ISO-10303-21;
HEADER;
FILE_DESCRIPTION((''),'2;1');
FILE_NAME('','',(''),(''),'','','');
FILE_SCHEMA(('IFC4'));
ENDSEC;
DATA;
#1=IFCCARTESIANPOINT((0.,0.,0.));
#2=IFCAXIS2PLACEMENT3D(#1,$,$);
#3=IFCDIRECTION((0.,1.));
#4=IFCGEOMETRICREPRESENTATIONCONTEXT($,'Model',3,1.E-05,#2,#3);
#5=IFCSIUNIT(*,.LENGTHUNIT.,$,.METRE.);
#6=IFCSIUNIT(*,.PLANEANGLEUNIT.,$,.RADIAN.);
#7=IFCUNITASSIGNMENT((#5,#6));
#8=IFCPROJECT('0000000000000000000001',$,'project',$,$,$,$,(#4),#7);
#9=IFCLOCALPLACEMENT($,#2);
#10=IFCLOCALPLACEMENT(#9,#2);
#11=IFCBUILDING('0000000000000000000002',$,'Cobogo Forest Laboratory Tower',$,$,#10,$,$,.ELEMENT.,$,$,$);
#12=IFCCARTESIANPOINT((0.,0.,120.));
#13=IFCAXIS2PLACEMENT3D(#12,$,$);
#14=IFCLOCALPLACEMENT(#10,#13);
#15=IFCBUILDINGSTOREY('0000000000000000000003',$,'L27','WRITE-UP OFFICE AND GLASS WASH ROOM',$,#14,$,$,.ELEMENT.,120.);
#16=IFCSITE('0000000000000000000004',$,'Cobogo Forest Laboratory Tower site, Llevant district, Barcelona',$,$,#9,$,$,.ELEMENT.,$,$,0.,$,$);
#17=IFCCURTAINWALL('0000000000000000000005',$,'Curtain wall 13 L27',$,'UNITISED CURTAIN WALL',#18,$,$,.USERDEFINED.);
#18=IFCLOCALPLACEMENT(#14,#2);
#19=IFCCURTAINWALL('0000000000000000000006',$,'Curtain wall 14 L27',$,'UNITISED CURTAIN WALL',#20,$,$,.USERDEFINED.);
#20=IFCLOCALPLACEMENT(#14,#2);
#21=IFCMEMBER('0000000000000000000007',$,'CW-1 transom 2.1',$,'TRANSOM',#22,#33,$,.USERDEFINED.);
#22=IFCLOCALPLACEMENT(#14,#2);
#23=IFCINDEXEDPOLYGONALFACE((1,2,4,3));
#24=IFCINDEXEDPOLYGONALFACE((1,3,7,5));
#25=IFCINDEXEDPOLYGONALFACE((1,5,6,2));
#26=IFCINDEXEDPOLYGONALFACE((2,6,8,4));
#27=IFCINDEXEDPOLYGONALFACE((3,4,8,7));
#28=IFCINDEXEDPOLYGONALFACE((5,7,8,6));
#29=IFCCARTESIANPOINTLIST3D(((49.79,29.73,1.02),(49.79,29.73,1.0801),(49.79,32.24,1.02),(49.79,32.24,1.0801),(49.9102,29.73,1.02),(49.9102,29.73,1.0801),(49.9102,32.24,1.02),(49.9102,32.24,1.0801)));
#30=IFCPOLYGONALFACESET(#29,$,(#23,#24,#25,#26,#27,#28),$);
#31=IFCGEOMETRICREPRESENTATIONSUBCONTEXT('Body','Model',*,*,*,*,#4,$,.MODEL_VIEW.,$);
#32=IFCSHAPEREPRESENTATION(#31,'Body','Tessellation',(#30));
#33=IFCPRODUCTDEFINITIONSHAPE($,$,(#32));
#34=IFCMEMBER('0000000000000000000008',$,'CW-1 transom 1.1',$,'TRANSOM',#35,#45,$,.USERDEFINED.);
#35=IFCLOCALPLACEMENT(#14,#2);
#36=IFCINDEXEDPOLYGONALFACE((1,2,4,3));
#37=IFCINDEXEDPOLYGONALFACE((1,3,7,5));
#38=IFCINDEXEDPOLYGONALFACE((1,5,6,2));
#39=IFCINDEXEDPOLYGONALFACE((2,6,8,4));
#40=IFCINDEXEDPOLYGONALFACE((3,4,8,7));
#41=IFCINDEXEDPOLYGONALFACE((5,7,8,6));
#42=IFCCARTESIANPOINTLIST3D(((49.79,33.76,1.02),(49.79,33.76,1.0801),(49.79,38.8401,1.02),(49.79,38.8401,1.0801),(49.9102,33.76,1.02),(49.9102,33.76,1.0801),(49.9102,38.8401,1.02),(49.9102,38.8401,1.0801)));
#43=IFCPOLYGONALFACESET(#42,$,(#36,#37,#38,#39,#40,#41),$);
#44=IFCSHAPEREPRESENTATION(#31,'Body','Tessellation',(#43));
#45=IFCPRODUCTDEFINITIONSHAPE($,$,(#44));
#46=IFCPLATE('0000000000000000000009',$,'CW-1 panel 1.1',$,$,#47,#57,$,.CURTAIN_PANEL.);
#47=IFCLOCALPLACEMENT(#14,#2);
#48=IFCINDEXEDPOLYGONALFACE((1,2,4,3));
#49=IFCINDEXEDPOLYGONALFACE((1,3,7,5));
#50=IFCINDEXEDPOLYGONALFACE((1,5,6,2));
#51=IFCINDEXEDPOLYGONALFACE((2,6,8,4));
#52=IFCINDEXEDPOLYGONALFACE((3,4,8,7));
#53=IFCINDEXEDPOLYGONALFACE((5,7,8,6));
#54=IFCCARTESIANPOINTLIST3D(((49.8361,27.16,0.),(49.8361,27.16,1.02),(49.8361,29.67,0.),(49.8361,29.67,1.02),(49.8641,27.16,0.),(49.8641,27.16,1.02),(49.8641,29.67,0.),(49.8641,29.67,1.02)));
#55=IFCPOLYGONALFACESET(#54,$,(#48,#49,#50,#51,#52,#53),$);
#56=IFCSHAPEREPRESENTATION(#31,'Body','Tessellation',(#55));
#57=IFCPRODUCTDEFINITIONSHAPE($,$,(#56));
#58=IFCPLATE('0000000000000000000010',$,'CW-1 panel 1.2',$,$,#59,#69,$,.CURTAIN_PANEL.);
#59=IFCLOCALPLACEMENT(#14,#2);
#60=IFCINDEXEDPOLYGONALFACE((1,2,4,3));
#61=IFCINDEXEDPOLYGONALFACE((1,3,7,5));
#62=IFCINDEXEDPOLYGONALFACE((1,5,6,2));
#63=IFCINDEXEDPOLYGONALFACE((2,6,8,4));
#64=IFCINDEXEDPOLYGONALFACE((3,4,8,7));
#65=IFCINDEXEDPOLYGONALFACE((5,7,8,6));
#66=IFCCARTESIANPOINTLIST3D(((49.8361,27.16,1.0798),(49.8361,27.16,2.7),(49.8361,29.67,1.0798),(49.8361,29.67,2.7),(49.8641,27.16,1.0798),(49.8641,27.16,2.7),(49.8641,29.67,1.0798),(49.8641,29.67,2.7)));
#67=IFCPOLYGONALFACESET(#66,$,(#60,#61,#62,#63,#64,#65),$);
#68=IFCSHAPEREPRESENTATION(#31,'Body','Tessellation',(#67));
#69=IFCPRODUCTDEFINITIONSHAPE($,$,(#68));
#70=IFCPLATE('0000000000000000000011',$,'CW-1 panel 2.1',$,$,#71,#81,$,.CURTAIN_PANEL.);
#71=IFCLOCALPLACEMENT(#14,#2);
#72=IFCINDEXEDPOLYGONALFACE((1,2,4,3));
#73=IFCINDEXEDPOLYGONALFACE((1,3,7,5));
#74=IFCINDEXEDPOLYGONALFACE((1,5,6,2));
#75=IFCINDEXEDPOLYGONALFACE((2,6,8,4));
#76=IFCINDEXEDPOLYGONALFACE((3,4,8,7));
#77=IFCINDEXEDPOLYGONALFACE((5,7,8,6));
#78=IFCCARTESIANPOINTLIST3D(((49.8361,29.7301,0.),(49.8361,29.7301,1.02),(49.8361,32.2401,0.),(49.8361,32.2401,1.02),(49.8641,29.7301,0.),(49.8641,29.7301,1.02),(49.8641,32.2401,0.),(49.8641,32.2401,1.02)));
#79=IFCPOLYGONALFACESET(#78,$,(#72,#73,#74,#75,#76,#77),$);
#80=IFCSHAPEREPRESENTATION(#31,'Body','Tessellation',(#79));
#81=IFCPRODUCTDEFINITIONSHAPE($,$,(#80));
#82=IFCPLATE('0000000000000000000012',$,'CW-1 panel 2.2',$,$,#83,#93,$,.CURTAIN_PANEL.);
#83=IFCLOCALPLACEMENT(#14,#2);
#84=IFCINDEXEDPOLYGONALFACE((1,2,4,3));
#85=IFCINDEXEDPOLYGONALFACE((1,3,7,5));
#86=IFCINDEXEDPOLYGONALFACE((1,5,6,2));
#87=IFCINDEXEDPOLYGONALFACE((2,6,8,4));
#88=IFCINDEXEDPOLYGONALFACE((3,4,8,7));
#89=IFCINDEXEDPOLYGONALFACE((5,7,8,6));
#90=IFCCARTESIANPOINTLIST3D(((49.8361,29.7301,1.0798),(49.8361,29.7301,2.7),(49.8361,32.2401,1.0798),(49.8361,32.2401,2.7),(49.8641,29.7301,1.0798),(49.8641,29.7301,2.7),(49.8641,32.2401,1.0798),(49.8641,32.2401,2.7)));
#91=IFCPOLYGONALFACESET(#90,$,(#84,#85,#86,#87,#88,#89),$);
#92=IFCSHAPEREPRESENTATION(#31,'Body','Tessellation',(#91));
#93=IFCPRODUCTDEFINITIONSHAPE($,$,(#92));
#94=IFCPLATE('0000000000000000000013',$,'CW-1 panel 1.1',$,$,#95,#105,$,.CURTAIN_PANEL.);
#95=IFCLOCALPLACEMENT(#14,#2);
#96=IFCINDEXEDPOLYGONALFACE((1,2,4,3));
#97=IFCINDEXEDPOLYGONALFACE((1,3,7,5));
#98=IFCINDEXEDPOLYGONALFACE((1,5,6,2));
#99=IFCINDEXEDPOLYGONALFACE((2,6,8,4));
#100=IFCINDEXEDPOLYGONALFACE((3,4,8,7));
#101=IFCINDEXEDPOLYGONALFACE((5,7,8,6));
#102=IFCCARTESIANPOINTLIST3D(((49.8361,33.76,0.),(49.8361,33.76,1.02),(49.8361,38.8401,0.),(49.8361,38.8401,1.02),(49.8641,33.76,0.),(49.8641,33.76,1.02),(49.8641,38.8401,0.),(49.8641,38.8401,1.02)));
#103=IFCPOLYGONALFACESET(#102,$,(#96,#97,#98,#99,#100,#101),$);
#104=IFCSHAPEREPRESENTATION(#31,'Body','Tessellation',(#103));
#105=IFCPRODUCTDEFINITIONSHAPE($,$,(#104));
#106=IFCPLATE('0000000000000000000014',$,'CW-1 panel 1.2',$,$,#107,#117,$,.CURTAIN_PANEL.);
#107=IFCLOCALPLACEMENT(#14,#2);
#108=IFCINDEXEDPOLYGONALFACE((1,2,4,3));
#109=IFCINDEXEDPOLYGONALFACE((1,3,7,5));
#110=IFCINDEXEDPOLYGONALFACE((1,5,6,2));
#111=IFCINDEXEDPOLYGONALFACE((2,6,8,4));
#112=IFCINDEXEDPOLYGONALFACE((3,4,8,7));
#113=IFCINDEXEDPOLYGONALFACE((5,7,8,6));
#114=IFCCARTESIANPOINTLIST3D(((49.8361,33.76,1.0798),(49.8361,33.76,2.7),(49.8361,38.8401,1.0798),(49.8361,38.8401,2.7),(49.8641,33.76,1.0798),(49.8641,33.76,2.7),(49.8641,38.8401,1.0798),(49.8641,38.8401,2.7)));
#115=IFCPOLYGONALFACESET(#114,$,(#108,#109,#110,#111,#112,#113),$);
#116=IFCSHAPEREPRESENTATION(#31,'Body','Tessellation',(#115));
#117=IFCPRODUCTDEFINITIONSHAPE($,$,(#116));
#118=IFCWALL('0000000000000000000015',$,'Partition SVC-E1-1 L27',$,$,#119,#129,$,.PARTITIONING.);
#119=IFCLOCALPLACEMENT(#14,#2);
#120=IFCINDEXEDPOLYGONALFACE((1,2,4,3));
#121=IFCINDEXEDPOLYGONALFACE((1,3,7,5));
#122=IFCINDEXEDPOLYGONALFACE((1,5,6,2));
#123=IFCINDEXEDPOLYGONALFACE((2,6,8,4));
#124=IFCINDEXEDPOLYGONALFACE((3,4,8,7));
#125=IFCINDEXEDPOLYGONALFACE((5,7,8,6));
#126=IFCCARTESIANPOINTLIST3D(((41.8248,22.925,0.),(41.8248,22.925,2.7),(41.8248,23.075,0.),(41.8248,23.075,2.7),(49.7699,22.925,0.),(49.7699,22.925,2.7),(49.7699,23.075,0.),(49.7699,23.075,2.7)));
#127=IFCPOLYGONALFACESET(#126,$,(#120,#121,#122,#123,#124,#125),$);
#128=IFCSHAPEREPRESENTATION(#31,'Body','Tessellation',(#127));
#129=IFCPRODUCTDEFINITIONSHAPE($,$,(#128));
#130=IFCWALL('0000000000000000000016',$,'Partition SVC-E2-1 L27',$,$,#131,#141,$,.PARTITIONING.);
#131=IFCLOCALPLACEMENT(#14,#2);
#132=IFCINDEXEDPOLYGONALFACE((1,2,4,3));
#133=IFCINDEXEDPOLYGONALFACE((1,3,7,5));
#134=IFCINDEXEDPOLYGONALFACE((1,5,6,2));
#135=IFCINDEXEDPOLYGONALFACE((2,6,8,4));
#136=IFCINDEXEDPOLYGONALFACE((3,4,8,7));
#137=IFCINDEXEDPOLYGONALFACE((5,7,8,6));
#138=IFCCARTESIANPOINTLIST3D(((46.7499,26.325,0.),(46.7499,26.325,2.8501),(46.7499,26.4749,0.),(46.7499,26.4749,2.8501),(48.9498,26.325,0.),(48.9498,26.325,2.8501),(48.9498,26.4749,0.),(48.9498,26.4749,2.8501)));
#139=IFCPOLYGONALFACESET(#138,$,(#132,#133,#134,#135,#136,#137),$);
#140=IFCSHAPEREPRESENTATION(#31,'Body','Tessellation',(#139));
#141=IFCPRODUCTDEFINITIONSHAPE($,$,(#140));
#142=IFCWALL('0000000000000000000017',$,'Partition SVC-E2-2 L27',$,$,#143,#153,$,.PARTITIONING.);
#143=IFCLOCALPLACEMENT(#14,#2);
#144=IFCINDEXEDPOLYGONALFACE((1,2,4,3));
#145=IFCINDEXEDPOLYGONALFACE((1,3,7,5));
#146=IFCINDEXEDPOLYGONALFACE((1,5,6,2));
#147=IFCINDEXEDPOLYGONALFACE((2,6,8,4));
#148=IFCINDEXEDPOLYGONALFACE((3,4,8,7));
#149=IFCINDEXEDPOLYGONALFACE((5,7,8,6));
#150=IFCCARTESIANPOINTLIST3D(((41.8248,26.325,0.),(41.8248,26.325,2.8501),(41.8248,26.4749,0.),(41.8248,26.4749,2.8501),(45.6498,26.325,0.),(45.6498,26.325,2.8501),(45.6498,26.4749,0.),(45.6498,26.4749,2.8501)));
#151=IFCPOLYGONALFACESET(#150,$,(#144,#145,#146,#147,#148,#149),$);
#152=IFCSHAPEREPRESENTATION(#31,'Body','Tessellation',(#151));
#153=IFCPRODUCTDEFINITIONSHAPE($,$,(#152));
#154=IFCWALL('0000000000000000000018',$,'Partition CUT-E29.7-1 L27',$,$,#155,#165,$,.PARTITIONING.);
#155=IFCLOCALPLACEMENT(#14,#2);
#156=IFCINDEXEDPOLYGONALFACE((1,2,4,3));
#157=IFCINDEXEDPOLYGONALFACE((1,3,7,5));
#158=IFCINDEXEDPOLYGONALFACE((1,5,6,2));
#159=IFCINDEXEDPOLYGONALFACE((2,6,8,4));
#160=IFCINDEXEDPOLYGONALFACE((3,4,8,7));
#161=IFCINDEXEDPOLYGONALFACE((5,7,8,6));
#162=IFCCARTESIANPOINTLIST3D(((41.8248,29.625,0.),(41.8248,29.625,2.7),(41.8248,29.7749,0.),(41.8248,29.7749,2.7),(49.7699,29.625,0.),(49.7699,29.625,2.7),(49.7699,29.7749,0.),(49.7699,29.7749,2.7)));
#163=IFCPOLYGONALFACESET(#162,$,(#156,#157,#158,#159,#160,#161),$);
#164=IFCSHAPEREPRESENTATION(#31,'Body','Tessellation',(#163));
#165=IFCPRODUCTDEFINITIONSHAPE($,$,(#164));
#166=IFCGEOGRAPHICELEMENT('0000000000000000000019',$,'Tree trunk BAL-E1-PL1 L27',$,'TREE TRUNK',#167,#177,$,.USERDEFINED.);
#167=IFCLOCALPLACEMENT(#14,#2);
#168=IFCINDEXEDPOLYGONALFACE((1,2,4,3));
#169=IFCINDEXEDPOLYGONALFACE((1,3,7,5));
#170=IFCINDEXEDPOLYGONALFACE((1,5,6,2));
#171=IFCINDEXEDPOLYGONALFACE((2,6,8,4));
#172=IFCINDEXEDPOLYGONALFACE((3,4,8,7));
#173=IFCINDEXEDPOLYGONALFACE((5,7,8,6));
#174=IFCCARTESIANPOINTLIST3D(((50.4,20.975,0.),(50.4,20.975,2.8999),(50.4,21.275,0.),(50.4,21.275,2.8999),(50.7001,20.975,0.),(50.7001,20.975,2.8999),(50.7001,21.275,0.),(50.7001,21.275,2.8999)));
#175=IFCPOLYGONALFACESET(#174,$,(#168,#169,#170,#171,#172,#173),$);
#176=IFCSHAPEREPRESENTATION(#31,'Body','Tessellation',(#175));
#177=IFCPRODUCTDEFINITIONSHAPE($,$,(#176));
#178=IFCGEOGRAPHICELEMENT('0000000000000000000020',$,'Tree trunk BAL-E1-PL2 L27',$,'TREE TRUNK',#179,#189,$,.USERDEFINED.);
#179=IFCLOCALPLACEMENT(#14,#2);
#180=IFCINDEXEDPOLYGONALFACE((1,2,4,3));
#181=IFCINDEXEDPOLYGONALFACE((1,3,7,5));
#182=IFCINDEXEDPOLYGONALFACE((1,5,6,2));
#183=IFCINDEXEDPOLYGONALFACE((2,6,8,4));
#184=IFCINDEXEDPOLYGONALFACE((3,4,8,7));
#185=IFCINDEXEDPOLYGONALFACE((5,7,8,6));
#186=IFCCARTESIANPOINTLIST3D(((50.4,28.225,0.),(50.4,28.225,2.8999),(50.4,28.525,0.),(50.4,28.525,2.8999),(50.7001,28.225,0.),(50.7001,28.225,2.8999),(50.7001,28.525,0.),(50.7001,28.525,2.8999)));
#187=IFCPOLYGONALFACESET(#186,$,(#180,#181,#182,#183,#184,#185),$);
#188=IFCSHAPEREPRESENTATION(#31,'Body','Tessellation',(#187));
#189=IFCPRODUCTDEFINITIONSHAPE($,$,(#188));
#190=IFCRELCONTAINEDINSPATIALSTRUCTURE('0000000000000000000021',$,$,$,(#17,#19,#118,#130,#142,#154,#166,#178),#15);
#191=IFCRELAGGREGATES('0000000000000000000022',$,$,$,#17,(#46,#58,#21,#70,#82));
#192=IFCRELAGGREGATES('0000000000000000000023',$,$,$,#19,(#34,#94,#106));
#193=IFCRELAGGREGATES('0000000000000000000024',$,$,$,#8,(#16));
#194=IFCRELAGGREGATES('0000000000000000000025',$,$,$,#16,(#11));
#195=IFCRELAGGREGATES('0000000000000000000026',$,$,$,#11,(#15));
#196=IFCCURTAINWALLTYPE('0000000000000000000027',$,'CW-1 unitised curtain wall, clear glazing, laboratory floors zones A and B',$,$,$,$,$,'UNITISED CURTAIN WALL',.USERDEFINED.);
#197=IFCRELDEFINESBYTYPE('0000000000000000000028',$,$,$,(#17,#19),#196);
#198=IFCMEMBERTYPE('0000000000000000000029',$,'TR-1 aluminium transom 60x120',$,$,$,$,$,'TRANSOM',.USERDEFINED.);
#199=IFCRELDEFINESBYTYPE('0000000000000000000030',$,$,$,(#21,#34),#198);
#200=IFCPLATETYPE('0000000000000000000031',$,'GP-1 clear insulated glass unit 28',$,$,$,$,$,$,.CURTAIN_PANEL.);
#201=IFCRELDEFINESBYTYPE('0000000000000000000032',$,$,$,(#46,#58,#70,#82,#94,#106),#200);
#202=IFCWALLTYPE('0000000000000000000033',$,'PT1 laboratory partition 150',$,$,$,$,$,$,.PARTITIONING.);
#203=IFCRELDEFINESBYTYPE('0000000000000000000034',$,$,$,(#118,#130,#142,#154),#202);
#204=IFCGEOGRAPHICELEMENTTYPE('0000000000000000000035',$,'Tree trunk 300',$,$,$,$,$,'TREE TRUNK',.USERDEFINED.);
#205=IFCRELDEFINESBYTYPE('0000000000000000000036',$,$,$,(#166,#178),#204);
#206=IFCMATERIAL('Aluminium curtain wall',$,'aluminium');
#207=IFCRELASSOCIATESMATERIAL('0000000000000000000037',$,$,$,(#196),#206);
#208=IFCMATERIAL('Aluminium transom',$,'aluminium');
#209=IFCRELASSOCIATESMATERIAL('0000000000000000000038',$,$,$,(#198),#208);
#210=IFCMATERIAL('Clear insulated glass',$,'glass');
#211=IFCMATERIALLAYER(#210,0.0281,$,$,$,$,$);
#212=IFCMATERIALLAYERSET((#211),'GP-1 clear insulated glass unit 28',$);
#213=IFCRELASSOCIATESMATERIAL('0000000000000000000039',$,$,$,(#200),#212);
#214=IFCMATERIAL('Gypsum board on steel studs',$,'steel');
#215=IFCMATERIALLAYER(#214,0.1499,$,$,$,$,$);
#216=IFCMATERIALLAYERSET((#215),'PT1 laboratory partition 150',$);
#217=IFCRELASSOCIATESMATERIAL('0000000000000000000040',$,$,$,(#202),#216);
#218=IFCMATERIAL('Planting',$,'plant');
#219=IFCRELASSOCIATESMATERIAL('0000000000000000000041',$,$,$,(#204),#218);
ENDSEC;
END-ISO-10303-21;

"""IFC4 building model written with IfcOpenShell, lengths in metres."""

from ifc_helpers import new_model, si_unit, direction, frame, frame_2d, origin, origin_2d, place, context, subcontext, project, spatial, rectangle, extrude, material, layer, layer_set, material_profile, profile_set, type_object, element, aggregate, save


model = new_model("IFC4")

# Units and contexts
model_context = context("Model", 3, precision=1e-05, world=origin(), true_north=direction((0.0, 1.0)))
body_context = subcontext(model_context, "Body", "Model", "MODEL_VIEW")
ifc_project = project(units=[si_unit("LENGTHUNIT", "METRE"), si_unit("PLANEANGLEUNIT", "RADIAN")], contexts=[model_context])

# Site, building, storey
site_placement = place(None, origin())
site = spatial("IfcSite", under=ifc_project, at=site_placement, Name="Cobogo Forest Laboratory Tower site, Llevant district, Barcelona", CompositionType="ELEMENT", RefElevation=0.0)
building_placement = place(site_placement, origin())
building = spatial("IfcBuilding", under=site, at=building_placement, Name="Cobogo Forest Laboratory Tower", CompositionType="ELEMENT")
storey_placement = place(building_placement, frame((0.0, 0.0, 120.0)))
storey = spatial("IfcBuildingStorey", under=building, at=storey_placement, Name="L27", Description="WRITE-UP OFFICE AND GLASS WASH ROOM", CompositionType="ELEMENT", Elevation=120.0)

# Curtain walls
ifc_material_1 = material(Name="Aluminium curtain wall", Category="aluminium")
curtain_wall_type = type_object("IfcCurtainWallType", Name="CW-1 unitised curtain wall, clear glazing, laboratory floors zones A and B", ElementType="UNITISED CURTAIN WALL", PredefinedType="USERDEFINED", material=ifc_material_1)
curtain_wall_1_placement = place(storey_placement, origin())
curtain_wall_1 = element("IfcCurtainWall", 1, at=curtain_wall_1_placement, inside=storey, type_object=curtain_wall_type, Name="Curtain wall 13 L27", ObjectType="UNITISED CURTAIN WALL", PredefinedType="USERDEFINED")
curtain_wall_2_placement = place(storey_placement, origin())
curtain_wall_2 = element("IfcCurtainWall", 2, at=curtain_wall_2_placement, inside=storey, type_object=curtain_wall_type, Name="Curtain wall 14 L27", ObjectType="UNITISED CURTAIN WALL", PredefinedType="USERDEFINED")

# Members
ifc_material_2 = material(Name="Aluminium transom", Category="aluminium")
ifc_material_profile_1 = material_profile(ifc_material_2, rectangle(XDim=0.1201, YDim=0.0601, at=origin_2d()), Name="AL 60x120")
ifc_profile_set_1 = profile_set([ifc_material_profile_1], Name="Aluminium transom")
member_type_1 = type_object("IfcMemberType", Name="TR-1 aluminium transom 60x120", ElementType="TRANSOM", PredefinedType="USERDEFINED", material=ifc_profile_set_1)
member_1_placement = place(storey_placement, frame((49.8501, 29.73, 1.05), z_axis=(0.0, 1.0, 0.0), x_axis=(-1.0, 0.0, 0.0)))
member_1 = element("IfcMember", 3, at=member_1_placement, type_object=member_type_1, Name="CW-1 transom 2.1", ObjectType="TRANSOM", PredefinedType="USERDEFINED", context=body_context, shape_type="SweptSolid", body=[
    extrude(rectangle(XDim=0.1201, YDim=0.0601, at=origin_2d()), origin(), (0.0, 0.0, 1.0), 2.51),
])
member_2_placement = place(storey_placement, frame((49.8501, 33.76, 1.05), z_axis=(0.0, 1.0, 0.0), x_axis=(-1.0, 0.0, 0.0)))
member_2 = element("IfcMember", 4, at=member_2_placement, type_object=member_type_1, Name="CW-1 transom 1.1", ObjectType="TRANSOM", PredefinedType="USERDEFINED", context=body_context, shape_type="SweptSolid", body=[
    extrude(rectangle(XDim=0.1201, YDim=0.0601, at=origin_2d()), origin(), (0.0, 0.0, 1.0), 5.0801),
])

# Plates
ifc_material_3 = material(Name="Clear insulated glass", Category="glass")
ifc_layer_1 = layer(ifc_material_3, 0.0281)
ifc_layer_set_1 = layer_set([ifc_layer_1], Name="GP-1 clear insulated glass unit 28")
plate_type_1 = type_object("IfcPlateType", Name="GP-1 clear insulated glass unit 28", PredefinedType="CURTAIN_PANEL", material=ifc_layer_set_1)
plate_1_placement = place(storey_placement, frame((49.8501, 28.415, 0.0), z_axis=(0.0, 0.0, 1.0), x_axis=(0.0, 1.0, 0.0)))
plate_1 = element("IfcPlate", 5, at=plate_1_placement, type_object=plate_type_1, Name="CW-1 panel 1.1", PredefinedType="CURTAIN_PANEL", context=body_context, shape_type="SweptSolid", body=[
    extrude(rectangle(XDim=2.51, YDim=0.0281, at=origin_2d()), origin(), (0.0, 0.0, 1.0), 1.02),
])
plate_2_placement = place(storey_placement, frame((49.8501, 28.415, 1.0798), z_axis=(0.0, 0.0, 1.0), x_axis=(0.0, 1.0, 0.0)))
plate_2 = element("IfcPlate", 6, at=plate_2_placement, type_object=plate_type_1, Name="CW-1 panel 1.2", PredefinedType="CURTAIN_PANEL", context=body_context, shape_type="SweptSolid", body=[
    extrude(rectangle(XDim=2.51, YDim=0.0281, at=origin_2d()), origin(), (0.0, 0.0, 1.0), 1.6201),
])
plate_3_placement = place(storey_placement, frame((49.8501, 30.9851, 0.0), z_axis=(0.0, 0.0, 1.0), x_axis=(0.0, 1.0, 0.0)))
plate_3 = element("IfcPlate", 7, at=plate_3_placement, type_object=plate_type_1, Name="CW-1 panel 2.1", PredefinedType="CURTAIN_PANEL", context=body_context, shape_type="SweptSolid", body=[
    extrude(rectangle(XDim=2.51, YDim=0.0281, at=origin_2d()), origin(), (0.0, 0.0, 1.0), 1.02),
])
plate_4_placement = place(storey_placement, frame((49.8501, 30.9851, 1.0798), z_axis=(0.0, 0.0, 1.0), x_axis=(0.0, 1.0, 0.0)))
plate_4 = element("IfcPlate", 8, at=plate_4_placement, type_object=plate_type_1, Name="CW-1 panel 2.2", PredefinedType="CURTAIN_PANEL", context=body_context, shape_type="SweptSolid", body=[
    extrude(rectangle(XDim=2.51, YDim=0.0281, at=origin_2d()), origin(), (0.0, 0.0, 1.0), 1.6201),
])
aggregate(curtain_wall_1, [plate_1, plate_2, member_1, plate_3, plate_4])
plate_5_placement = place(storey_placement, frame((49.8501, 36.3, 0.0), z_axis=(0.0, 0.0, 1.0), x_axis=(0.0, 1.0, 0.0)))
plate_5 = element("IfcPlate", 9, at=plate_5_placement, type_object=plate_type_1, Name="CW-1 panel 1.1", PredefinedType="CURTAIN_PANEL", context=body_context, shape_type="SweptSolid", body=[
    extrude(rectangle(XDim=5.0801, YDim=0.0281, at=origin_2d()), origin(), (0.0, 0.0, 1.0), 1.02),
])
plate_6_placement = place(storey_placement, frame((49.8501, 36.3, 1.0798), z_axis=(0.0, 0.0, 1.0), x_axis=(0.0, 1.0, 0.0)))
plate_6 = element("IfcPlate", 10, at=plate_6_placement, type_object=plate_type_1, Name="CW-1 panel 1.2", PredefinedType="CURTAIN_PANEL", context=body_context, shape_type="SweptSolid", body=[
    extrude(rectangle(XDim=5.0801, YDim=0.0281, at=origin_2d()), origin(), (0.0, 0.0, 1.0), 1.6201),
])
aggregate(curtain_wall_2, [member_2, plate_5, plate_6])

# Walls
ifc_material_4 = material(Name="Gypsum board on steel studs", Category="steel")
ifc_layer_2 = layer(ifc_material_4, 0.1499)
ifc_layer_set_2 = layer_set([ifc_layer_2], Name="PT1 laboratory partition 150")
wall_type_1 = type_object("IfcWallType", Name="PT1 laboratory partition 150", PredefinedType="PARTITIONING", material=ifc_layer_set_2)
wall_1_placement = place(storey_placement, frame((49.77, 23.0, 0.0), z_axis=(0.0, 0.0, 1.0), x_axis=(-1.0, 0.0, 0.0)))
element("IfcWall", 11, at=wall_1_placement, inside=storey, type_object=wall_type_1, Name="Partition SVC-E1-1 L27", PredefinedType="PARTITIONING", context=body_context, shape_type="SweptSolid", body=[
    extrude(rectangle(XDim=7.9451, YDim=0.1499, at=frame_2d((3.9727, 0.0))), origin(), (0.0, 0.0, 1.0), 2.7),
])
wall_2_placement = place(storey_placement, frame((48.95, 26.3999, 0.0), z_axis=(0.0, 0.0, 1.0), x_axis=(-1.0, 0.0, 0.0)))
element("IfcWall", 12, at=wall_2_placement, inside=storey, type_object=wall_type_1, Name="Partition SVC-E2-1 L27", PredefinedType="PARTITIONING", context=body_context, shape_type="SweptSolid", body=[
    extrude(rectangle(XDim=2.2, YDim=0.1499, at=frame_2d((1.1001, 0.0))), origin(), (0.0, 0.0, 1.0), 2.8501),
])
wall_3_placement = place(storey_placement, frame((45.6499, 26.3999, 0.0), z_axis=(0.0, 0.0, 1.0), x_axis=(-1.0, 0.0, 0.0)))
element("IfcWall", 13, at=wall_3_placement, inside=storey, type_object=wall_type_1, Name="Partition SVC-E2-2 L27", PredefinedType="PARTITIONING", context=body_context, shape_type="SweptSolid", body=[
    extrude(rectangle(XDim=3.825, YDim=0.1499, at=frame_2d((1.9126, 0.0))), origin(), (0.0, 0.0, 1.0), 2.8501),
])
wall_4_placement = place(storey_placement, frame((49.77, 29.7, 0.0), z_axis=(0.0, 0.0, 1.0), x_axis=(-1.0, 0.0, 0.0)))
element("IfcWall", 14, at=wall_4_placement, inside=storey, type_object=wall_type_1, Name="Partition CUT-E29.7-1 L27", PredefinedType="PARTITIONING", context=body_context, shape_type="SweptSolid", body=[
    extrude(rectangle(XDim=7.9451, YDim=0.1499, at=frame_2d((3.9727, 0.0))), origin(), (0.0, 0.0, 1.0), 2.7),
])

# Geographic elements
ifc_material_5 = material(Name="Planting", Category="plant")
geographic_element_type = type_object("IfcGeographicElementType", Name="Tree trunk 300", ElementType="TREE TRUNK", PredefinedType="USERDEFINED", material=ifc_material_5)
for number, where, z_axis, x_axis, name in (
    (15, (50.55, 21.125, 0.0), (0.0, 0.0, 1.0), (1.0, 0.0, 0.0), "Tree trunk BAL-E1-PL1 L27"),
    (16, (50.55, 28.375, 0.0), (0.0, 0.0, 1.0), (1.0, 0.0, 0.0), "Tree trunk BAL-E1-PL2 L27"),
):
    element("IfcGeographicElement", number, at=place(storey_placement, frame(where, z_axis=z_axis, x_axis=x_axis)), inside=storey, type_object=geographic_element_type, Name=name, ObjectType="TREE TRUNK", PredefinedType="USERDEFINED", context=body_context, shape_type="SweptSolid", body=[
        extrude(rectangle(XDim=0.3, YDim=0.3, at=origin_2d()), origin(), (0.0, 0.0, 1.0), 2.8999),
    ])

save(model, "model.ifc")
